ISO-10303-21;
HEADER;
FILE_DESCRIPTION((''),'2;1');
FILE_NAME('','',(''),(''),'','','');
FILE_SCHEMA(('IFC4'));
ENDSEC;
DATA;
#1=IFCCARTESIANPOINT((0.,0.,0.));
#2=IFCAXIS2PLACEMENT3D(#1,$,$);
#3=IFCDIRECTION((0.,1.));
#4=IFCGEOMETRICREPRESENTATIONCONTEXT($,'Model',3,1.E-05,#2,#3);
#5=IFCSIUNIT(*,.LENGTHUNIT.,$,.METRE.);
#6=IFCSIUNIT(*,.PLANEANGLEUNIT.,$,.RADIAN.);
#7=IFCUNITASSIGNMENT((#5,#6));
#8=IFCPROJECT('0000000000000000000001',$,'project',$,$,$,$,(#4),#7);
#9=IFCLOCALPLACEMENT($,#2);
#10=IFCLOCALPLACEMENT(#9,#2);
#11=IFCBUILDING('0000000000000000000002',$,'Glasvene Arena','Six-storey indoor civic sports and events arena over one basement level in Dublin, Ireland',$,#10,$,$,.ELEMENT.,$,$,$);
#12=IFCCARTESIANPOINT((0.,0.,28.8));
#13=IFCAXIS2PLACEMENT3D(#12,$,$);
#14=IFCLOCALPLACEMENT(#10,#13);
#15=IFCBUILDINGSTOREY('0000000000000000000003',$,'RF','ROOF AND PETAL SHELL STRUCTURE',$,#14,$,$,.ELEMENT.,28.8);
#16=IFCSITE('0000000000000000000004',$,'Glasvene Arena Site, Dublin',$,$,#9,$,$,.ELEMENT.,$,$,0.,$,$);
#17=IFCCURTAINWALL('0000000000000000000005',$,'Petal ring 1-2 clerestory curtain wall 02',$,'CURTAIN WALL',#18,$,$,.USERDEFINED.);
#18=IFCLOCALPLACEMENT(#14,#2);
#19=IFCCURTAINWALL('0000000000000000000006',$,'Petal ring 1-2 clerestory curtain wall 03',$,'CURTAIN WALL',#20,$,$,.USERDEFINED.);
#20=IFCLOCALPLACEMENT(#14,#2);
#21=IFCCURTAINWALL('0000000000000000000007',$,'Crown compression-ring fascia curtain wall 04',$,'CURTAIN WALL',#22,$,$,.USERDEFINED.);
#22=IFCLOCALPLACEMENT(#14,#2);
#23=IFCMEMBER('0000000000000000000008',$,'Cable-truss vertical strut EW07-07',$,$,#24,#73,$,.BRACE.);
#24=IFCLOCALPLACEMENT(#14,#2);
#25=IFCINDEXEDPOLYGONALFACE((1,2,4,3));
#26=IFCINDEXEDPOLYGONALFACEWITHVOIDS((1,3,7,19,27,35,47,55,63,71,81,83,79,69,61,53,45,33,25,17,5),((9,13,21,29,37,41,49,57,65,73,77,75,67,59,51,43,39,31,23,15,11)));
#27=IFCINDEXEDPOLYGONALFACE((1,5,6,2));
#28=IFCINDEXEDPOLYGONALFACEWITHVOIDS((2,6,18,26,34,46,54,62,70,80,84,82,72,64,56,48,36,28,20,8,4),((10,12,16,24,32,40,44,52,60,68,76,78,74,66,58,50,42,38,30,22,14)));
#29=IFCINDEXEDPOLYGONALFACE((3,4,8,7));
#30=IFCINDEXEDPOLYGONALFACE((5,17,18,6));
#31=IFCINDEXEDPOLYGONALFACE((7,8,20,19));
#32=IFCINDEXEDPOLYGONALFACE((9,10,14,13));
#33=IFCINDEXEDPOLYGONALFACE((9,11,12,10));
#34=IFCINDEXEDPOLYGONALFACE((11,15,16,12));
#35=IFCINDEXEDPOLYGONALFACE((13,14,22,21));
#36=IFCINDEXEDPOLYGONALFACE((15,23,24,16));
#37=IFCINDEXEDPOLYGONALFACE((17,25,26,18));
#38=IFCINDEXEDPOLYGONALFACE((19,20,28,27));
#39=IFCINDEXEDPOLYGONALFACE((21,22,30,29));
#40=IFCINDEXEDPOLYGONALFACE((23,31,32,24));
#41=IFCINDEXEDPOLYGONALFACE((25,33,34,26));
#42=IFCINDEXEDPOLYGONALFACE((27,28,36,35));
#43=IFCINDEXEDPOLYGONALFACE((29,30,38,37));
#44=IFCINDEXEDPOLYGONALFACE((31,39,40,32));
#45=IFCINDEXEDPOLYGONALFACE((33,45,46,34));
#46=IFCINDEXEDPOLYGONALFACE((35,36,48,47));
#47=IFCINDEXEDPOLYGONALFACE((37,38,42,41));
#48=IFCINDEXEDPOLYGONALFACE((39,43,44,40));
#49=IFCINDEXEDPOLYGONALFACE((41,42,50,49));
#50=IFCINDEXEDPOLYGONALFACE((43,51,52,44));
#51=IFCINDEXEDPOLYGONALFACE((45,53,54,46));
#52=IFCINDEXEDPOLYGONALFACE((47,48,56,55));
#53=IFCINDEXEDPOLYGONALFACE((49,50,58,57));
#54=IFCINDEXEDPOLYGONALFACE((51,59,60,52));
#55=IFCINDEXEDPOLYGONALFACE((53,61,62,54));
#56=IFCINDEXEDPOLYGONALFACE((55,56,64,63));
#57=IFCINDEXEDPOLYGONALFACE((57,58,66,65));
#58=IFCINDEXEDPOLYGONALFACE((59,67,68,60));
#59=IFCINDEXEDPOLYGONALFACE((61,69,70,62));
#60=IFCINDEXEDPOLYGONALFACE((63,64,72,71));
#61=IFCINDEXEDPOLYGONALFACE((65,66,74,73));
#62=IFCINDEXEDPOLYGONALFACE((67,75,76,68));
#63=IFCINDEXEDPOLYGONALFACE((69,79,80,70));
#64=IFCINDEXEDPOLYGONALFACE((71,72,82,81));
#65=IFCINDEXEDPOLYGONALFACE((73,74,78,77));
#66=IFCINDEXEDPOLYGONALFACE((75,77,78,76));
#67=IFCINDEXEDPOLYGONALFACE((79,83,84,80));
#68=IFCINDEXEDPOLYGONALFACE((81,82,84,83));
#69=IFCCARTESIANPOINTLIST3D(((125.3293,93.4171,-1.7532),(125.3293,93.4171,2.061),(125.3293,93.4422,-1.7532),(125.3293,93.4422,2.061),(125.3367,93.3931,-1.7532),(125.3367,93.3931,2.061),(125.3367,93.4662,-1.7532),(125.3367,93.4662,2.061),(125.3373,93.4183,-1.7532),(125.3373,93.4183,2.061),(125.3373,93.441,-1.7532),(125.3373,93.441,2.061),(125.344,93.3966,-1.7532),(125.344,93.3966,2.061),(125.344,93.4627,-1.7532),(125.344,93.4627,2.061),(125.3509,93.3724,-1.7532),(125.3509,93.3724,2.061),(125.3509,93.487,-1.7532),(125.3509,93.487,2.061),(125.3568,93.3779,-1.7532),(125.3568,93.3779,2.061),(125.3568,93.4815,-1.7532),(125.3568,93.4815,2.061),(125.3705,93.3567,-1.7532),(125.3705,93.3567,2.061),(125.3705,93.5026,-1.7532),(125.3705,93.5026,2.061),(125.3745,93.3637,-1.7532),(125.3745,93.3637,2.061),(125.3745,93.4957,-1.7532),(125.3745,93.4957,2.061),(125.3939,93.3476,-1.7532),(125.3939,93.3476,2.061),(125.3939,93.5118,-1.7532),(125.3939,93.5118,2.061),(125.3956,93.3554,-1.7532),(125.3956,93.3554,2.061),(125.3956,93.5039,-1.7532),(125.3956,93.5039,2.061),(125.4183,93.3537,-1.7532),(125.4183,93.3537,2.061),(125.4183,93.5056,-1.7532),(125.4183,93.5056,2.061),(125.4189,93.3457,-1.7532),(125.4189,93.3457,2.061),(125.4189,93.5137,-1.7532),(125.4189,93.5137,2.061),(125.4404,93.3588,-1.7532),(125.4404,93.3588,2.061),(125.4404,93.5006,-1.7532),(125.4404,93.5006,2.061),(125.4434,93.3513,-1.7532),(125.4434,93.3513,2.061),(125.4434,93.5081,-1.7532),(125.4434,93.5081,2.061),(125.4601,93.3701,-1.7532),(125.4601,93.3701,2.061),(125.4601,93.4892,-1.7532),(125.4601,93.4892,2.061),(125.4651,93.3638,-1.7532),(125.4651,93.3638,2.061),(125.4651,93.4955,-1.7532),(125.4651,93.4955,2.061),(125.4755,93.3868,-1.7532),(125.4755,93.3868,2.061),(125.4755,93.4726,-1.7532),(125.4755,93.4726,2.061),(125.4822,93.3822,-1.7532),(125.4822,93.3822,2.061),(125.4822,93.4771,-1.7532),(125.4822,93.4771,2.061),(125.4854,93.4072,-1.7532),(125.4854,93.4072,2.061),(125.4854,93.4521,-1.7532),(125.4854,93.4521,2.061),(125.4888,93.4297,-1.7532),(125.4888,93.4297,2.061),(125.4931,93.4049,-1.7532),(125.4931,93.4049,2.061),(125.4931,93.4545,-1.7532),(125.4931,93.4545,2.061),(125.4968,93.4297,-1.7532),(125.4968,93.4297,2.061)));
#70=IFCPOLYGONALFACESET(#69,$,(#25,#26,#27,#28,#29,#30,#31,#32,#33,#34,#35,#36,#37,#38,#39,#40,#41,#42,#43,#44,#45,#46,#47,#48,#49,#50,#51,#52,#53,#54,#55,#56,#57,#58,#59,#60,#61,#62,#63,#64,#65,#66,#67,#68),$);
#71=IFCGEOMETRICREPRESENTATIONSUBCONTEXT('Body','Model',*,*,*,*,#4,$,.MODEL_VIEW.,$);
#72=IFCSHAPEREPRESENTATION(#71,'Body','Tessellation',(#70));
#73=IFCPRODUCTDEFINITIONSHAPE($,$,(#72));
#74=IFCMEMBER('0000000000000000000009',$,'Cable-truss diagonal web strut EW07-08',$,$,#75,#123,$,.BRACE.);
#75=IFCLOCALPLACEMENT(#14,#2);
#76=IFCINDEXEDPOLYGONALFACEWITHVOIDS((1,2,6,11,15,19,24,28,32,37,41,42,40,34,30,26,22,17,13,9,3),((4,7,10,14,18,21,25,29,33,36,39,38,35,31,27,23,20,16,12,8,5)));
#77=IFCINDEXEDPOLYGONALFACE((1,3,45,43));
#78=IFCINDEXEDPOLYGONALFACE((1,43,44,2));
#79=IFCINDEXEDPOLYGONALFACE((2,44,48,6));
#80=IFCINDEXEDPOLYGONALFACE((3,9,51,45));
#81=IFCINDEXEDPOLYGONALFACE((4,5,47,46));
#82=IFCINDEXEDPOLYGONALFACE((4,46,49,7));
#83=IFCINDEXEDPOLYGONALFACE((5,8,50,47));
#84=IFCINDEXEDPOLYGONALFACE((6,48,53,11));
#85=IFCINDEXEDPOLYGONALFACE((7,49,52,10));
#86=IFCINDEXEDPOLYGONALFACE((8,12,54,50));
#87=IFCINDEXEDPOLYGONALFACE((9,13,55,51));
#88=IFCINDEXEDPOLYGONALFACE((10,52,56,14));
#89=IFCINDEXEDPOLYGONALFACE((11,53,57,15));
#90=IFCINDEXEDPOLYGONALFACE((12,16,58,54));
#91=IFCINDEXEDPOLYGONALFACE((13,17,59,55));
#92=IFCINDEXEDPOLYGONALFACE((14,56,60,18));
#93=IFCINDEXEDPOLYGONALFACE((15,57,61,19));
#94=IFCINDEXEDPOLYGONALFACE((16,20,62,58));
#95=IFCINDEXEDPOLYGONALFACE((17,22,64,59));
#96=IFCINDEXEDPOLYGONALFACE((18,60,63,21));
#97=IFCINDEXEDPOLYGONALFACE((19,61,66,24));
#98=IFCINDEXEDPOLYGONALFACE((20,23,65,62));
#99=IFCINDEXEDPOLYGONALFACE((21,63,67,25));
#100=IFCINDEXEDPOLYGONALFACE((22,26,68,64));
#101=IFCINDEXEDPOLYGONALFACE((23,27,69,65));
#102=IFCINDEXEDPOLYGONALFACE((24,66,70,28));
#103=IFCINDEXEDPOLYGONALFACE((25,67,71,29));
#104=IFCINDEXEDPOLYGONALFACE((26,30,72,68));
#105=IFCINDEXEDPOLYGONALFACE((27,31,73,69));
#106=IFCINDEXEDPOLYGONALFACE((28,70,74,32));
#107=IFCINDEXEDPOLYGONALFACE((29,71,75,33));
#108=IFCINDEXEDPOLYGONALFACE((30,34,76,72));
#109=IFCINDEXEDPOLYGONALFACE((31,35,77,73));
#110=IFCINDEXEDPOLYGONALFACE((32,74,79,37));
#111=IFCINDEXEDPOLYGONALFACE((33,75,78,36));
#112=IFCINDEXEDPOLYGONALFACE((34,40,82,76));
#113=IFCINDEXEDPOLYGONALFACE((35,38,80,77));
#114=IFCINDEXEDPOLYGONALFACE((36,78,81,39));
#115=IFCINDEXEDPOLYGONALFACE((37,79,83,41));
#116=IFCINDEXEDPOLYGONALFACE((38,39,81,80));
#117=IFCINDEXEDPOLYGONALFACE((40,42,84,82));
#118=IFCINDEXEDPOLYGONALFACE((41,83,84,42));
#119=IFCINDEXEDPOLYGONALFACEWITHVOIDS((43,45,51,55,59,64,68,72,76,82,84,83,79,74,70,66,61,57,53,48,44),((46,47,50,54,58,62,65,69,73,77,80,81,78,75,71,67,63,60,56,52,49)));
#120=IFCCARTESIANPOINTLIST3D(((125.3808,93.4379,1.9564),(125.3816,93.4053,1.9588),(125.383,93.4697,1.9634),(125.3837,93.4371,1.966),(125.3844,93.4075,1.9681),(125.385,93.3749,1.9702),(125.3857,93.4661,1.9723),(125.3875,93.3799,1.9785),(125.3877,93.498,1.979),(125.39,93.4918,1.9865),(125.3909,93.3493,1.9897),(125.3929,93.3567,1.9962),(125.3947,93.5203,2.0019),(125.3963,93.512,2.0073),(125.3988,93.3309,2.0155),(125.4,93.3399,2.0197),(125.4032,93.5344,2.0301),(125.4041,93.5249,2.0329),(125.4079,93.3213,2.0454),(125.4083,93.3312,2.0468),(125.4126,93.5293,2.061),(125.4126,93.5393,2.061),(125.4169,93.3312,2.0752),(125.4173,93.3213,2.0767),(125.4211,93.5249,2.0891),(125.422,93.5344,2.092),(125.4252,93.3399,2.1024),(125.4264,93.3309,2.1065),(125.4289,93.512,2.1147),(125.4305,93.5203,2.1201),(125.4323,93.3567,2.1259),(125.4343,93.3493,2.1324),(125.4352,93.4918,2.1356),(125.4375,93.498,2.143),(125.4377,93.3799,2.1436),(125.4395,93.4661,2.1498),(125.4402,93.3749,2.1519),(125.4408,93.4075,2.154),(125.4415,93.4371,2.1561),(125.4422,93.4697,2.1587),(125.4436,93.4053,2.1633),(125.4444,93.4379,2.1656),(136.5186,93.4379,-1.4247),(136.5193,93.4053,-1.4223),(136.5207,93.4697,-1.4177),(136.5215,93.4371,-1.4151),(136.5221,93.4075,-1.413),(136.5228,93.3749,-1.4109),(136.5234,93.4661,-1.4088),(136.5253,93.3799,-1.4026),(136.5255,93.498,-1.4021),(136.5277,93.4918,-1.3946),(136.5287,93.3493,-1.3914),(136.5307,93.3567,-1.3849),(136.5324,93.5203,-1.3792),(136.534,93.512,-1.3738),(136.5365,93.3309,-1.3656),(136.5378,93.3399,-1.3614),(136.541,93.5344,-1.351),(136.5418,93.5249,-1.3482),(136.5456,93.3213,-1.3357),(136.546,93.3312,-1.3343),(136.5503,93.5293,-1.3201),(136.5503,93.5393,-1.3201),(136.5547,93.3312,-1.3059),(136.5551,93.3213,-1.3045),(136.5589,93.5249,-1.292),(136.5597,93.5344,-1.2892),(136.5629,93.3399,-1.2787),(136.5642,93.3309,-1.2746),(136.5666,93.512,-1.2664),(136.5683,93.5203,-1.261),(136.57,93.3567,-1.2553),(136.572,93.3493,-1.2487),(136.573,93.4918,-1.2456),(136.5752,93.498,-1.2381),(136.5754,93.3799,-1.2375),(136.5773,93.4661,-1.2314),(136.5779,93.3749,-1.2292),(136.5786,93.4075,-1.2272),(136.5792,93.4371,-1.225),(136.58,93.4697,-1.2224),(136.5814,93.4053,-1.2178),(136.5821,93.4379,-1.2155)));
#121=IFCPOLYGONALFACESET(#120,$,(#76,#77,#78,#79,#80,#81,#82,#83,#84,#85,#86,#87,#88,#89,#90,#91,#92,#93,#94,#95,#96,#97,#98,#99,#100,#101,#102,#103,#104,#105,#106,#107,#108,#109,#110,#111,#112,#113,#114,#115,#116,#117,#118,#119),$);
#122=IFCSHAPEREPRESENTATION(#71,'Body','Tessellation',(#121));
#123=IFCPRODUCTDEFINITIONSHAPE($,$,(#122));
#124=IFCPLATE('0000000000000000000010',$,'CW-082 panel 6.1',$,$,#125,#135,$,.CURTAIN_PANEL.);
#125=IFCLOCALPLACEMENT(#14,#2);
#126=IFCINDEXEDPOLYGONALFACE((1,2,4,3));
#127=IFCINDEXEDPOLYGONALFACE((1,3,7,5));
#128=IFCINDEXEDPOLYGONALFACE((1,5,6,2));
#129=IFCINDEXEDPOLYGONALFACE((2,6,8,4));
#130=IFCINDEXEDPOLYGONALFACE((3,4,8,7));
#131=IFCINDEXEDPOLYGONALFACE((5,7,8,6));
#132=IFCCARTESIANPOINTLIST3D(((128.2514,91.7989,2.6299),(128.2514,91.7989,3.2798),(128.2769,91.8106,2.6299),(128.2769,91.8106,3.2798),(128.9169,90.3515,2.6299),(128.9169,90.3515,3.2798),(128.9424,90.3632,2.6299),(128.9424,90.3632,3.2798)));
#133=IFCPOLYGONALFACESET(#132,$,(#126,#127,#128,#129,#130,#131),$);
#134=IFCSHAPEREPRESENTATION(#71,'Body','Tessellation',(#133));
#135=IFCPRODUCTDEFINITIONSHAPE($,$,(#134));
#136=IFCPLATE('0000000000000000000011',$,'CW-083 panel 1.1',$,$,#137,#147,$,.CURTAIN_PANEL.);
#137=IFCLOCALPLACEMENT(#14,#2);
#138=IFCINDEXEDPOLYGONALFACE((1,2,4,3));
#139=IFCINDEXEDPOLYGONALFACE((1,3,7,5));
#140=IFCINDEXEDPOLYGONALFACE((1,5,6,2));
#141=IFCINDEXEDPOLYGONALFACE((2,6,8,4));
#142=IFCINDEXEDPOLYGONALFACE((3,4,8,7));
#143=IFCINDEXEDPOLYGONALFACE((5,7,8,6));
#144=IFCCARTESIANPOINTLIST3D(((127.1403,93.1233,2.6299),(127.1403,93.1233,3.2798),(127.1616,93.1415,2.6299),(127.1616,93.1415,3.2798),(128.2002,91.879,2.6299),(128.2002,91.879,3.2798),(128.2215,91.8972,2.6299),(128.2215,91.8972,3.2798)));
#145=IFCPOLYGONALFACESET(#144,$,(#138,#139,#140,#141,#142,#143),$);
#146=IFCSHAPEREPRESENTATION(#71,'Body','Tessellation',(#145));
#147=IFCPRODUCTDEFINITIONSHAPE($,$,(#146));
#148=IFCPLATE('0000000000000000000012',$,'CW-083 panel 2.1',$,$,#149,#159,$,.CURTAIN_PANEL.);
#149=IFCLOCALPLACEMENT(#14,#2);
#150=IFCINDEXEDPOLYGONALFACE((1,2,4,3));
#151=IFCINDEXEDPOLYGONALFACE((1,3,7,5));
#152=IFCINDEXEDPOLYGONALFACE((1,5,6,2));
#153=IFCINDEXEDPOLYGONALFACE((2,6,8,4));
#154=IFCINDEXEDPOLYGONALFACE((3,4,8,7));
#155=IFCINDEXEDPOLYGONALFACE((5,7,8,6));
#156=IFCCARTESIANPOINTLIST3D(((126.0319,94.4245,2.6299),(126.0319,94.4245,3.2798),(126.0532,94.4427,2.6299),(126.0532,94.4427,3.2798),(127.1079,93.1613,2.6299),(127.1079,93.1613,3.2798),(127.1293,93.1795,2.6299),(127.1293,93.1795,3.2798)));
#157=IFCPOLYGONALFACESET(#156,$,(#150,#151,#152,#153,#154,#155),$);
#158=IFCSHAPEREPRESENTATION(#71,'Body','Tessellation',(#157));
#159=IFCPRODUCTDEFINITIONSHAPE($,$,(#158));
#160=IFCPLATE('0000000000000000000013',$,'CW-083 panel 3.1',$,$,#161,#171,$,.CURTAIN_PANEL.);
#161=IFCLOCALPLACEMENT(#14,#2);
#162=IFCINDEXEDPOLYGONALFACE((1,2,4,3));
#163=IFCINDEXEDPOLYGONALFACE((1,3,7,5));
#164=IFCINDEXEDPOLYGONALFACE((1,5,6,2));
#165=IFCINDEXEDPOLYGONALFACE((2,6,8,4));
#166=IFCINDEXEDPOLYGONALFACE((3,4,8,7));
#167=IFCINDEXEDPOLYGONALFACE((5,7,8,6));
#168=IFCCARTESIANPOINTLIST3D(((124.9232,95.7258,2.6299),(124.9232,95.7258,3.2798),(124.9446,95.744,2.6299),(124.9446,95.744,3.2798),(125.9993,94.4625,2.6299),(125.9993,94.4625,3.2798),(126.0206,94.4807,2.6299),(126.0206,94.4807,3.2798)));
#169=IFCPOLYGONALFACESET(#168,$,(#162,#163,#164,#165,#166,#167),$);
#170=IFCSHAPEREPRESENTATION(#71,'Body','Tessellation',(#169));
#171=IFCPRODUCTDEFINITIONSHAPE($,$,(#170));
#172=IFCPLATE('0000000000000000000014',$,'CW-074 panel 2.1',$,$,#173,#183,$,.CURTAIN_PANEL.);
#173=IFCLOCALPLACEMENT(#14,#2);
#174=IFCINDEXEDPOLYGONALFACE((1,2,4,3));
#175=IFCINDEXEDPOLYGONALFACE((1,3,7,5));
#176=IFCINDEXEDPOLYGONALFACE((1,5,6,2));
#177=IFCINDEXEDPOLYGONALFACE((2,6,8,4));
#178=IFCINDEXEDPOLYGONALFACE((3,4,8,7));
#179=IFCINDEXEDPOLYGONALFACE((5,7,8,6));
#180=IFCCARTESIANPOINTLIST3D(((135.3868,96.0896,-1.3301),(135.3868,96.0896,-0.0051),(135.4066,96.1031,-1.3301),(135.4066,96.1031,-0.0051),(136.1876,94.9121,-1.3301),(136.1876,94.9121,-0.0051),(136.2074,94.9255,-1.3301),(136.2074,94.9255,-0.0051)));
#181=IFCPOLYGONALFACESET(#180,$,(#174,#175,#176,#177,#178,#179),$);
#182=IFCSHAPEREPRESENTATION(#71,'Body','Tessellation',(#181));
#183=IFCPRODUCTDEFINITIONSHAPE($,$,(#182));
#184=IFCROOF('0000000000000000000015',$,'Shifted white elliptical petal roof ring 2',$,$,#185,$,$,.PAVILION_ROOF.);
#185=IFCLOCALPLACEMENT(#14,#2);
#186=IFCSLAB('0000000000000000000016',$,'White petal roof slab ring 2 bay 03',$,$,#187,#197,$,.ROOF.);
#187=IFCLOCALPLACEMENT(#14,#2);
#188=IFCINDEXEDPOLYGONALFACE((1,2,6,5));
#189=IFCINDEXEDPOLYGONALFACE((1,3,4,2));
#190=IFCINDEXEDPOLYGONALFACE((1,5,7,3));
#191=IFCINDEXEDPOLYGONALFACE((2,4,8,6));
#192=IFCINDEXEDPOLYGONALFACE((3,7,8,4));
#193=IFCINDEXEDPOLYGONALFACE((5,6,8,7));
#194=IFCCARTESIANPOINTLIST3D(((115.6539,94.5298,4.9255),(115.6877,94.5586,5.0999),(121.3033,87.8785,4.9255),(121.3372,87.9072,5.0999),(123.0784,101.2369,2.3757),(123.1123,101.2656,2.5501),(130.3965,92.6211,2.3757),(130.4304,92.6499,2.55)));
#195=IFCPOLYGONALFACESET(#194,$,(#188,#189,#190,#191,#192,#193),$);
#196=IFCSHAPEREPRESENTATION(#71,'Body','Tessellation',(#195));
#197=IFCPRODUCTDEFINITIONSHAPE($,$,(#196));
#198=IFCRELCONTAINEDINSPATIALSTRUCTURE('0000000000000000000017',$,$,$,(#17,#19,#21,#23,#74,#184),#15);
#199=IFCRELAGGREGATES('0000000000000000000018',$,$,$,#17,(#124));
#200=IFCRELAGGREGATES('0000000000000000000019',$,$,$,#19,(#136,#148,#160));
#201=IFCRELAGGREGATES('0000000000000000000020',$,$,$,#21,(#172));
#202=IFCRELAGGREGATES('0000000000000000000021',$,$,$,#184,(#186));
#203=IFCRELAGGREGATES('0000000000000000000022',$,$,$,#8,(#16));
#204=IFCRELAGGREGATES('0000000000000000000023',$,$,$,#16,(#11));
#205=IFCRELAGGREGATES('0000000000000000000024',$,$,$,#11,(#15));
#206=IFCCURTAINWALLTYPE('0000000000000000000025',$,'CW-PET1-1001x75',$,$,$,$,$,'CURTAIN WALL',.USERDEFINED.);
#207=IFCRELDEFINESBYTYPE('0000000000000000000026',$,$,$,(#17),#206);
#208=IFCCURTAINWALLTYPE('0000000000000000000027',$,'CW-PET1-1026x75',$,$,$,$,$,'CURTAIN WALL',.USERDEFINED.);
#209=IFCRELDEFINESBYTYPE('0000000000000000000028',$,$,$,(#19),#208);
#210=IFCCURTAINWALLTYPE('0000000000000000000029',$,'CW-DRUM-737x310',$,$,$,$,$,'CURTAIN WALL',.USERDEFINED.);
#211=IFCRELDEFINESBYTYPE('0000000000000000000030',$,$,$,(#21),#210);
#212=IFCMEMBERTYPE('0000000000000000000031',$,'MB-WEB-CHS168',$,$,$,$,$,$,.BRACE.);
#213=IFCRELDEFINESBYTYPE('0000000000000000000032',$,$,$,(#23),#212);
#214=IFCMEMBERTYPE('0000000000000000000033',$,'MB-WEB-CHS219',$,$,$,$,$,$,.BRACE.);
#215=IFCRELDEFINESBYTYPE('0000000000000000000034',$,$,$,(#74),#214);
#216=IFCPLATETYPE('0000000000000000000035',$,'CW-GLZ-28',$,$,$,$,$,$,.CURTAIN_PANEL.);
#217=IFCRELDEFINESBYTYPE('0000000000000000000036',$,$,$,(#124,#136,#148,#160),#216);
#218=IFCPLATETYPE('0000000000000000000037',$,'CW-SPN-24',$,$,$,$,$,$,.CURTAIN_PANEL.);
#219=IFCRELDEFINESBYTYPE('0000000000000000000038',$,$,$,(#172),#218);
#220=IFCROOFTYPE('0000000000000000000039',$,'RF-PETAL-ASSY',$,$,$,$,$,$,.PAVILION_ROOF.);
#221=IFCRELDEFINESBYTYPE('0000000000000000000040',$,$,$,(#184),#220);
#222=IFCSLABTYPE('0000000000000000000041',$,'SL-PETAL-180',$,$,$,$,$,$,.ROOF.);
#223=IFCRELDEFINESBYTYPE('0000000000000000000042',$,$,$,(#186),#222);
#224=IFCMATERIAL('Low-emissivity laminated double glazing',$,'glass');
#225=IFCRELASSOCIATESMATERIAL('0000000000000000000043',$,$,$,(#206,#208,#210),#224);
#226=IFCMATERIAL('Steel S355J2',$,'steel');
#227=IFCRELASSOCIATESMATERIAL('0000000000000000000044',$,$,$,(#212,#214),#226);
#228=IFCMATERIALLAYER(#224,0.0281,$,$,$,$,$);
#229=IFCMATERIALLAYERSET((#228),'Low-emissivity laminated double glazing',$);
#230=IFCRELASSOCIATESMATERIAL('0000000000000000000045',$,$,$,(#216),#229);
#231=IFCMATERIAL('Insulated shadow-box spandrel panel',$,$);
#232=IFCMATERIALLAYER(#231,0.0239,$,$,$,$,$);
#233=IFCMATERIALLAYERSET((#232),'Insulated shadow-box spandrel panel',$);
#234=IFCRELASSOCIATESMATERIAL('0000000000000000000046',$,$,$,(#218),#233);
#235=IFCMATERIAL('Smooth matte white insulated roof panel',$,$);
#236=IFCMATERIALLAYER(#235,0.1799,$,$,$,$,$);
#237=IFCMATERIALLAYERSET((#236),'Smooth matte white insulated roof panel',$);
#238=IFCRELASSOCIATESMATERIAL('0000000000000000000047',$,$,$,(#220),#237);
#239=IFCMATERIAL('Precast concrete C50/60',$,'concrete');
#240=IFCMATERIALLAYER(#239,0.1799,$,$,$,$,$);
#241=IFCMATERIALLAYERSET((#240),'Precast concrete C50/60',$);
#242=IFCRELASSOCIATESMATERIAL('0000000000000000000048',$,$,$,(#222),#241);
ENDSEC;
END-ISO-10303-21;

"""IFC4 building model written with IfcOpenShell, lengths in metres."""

from ifc_helpers import new_model, si_unit, direction, frame, origin, origin_2d, place, context, subcontext, project, spatial, polyline, rectangle, hollow_circle, outline, extrude, material, layer, layer_set, material_profile, profile_set, type_object, element, aggregate, save


model = new_model("IFC4")

# Units and contexts
model_context = context("Model", 3, precision=1e-05, world=origin(), true_north=direction((0.0, 1.0)))
body_context = subcontext(model_context, "Body", "Model", "MODEL_VIEW")
ifc_project = project(units=[si_unit("LENGTHUNIT", "METRE"), si_unit("PLANEANGLEUNIT", "RADIAN")], contexts=[model_context])

# Site, building, storey
site_placement = place(None, origin())
site = spatial("IfcSite", under=ifc_project, at=site_placement, Name="Glasvene Arena Site, Dublin", CompositionType="ELEMENT", RefElevation=0.0)
building_placement = place(site_placement, origin())
building = spatial("IfcBuilding", under=site, at=building_placement, Name="Glasvene Arena", Description="Six-storey indoor civic sports and events arena over one basement level in Dublin, Ireland", CompositionType="ELEMENT")
storey_placement = place(building_placement, frame((0.0, 0.0, 28.8)))
storey = spatial("IfcBuildingStorey", under=building, at=storey_placement, Name="RF", Description="ROOF AND PETAL SHELL STRUCTURE", CompositionType="ELEMENT", Elevation=28.8)

# Curtain wall
ifc_material_1 = material(Name="Low-emissivity laminated double glazing", Category="glass")
curtain_wall_type_1 = type_object("IfcCurtainWallType", Name="CW-PET1-1001x75", ElementType="CURTAIN WALL", PredefinedType="USERDEFINED", material=ifc_material_1)
curtain_wall_1_placement = place(storey_placement, frame((132.4241, 82.7576, 0.0)))
curtain_wall_1 = element("IfcCurtainWall", 1, at=curtain_wall_1_placement, inside=storey, type_object=curtain_wall_type_1, Name="Petal ring 1-2 clerestory curtain wall 02", ObjectType="CURTAIN WALL", PredefinedType="USERDEFINED")

# Curtain wall
curtain_wall_type_2 = type_object("IfcCurtainWallType", Name="CW-PET1-1026x75", ElementType="CURTAIN WALL", PredefinedType="USERDEFINED", material=ifc_material_1)
curtain_wall_2_placement = place(storey_placement, frame((128.2432, 91.8501, 0.0)))
curtain_wall_2 = element("IfcCurtainWall", 2, at=curtain_wall_2_placement, inside=storey, type_object=curtain_wall_type_2, Name="Petal ring 1-2 clerestory curtain wall 03", ObjectType="CURTAIN WALL", PredefinedType="USERDEFINED")

# Curtain wall
curtain_wall_type_3 = type_object("IfcCurtainWallType", Name="CW-DRUM-737x310", ElementType="CURTAIN WALL", PredefinedType="USERDEFINED", material=ifc_material_1)
curtain_wall_3_placement = place(storey_placement, frame((137.0403, 93.6792, 0.0)))
curtain_wall_3 = element("IfcCurtainWall", 3, at=curtain_wall_3_placement, inside=storey, type_object=curtain_wall_type_3, Name="Crown compression-ring fascia curtain wall 04", ObjectType="CURTAIN WALL", PredefinedType="USERDEFINED")

# Members
ifc_material_2 = material(Name="Steel S355J2", Category="steel")
ifc_material_profile_1 = material_profile(ifc_material_2, hollow_circle(Radius=0.0842, WallThickness=0.0081, at=origin_2d()), Name="CHS 168.3x8.0")
ifc_profile_set_1 = profile_set([ifc_material_profile_1], Name="Steel S355J2")
member_type_1 = type_object("IfcMemberType", Name="MB-WEB-CHS168", PredefinedType="BRACE", material=ifc_profile_set_1)
member_1_placement = place(storey_placement, frame((125.4126, 93.4297, -1.7532), z_axis=(0.0, 0.0, 1.0), x_axis=(1.0, 0.0, 0.0)))
element("IfcMember", 4, at=member_1_placement, inside=storey, type_object=member_type_1, Name="Cable-truss vertical strut EW07-07", PredefinedType="BRACE", context=body_context, shape_type="SweptSolid", body=[
    extrude(hollow_circle(Radius=0.0842, WallThickness=0.0081, at=origin_2d()), origin(), (0.0, 0.0, 1.0), 3.8142),
])
ifc_material_profile_2 = material_profile(ifc_material_2, hollow_circle(Radius=0.1096, WallThickness=0.01, at=origin_2d()), Name="CHS 219.1x10.0")
ifc_profile_set_2 = profile_set([ifc_material_profile_2], Name="Steel S355J2")
member_type_2 = type_object("IfcMemberType", Name="MB-WEB-CHS219", PredefinedType="BRACE", material=ifc_profile_set_2)
member_2_placement = place(storey_placement, frame((125.4126, 93.4297, 2.061), z_axis=(0.95688, 0.0, -0.290483), x_axis=(0.0, 1.0, 0.0)))
element("IfcMember", 5, at=member_2_placement, inside=storey, type_object=member_type_2, Name="Cable-truss diagonal web strut EW07-08", PredefinedType="BRACE", context=body_context, shape_type="SweptSolid", body=[
    extrude(hollow_circle(Radius=0.1096, WallThickness=0.01, at=origin_2d()), origin(), (0.0, 0.0, 1.0), 11.6396),
])

# Plates
ifc_layer_1 = layer(ifc_material_1, 0.0281)
ifc_layer_set_1 = layer_set([ifc_layer_1], Name="Low-emissivity laminated double glazing")
plate_type_1 = type_object("IfcPlateType", Name="CW-GLZ-28", PredefinedType="CURTAIN_PANEL", material=ifc_layer_set_1)
plate_1_placement = place(storey_placement, frame((128.5969, 91.0811, 2.6299), z_axis=(0.0, 0.0, 1.0), x_axis=(-0.417761, 0.908557, 0.0)))
plate_1 = element("IfcPlate", 6, at=plate_1_placement, type_object=plate_type_1, Name="CW-082 panel 6.1", PredefinedType="CURTAIN_PANEL", context=body_context, shape_type="SweptSolid", body=[
    extrude(rectangle(XDim=1.593, YDim=0.0281, at=origin_2d()), origin(), (0.0, 0.0, 1.0), 0.6499),
])
aggregate(curtain_wall_1, [plate_1])
plate_2_placement = place(storey_placement, frame((127.6809, 92.5103, 2.6299), z_axis=(0.0, 0.0, 1.0), x_axis=(-0.648445, 0.761261, 0.0)))
plate_2 = element("IfcPlate", 7, at=plate_2_placement, type_object=plate_type_1, Name="CW-083 panel 1.1", PredefinedType="CURTAIN_PANEL", context=body_context, shape_type="SweptSolid", body=[
    extrude(rectangle(XDim=1.6345, YDim=0.0281, at=origin_2d()), origin(), (0.0, 0.0, 1.0), 0.6499),
])
plate_3_placement = place(storey_placement, frame((126.5806, 93.802, 2.6299), z_axis=(0.0, 0.0, 1.0), x_axis=(-0.648445, 0.761261, 0.0)))
plate_3 = element("IfcPlate", 8, at=plate_3_placement, type_object=plate_type_1, Name="CW-083 panel 2.1", PredefinedType="CURTAIN_PANEL", context=body_context, shape_type="SweptSolid", body=[
    extrude(rectangle(XDim=1.6594, YDim=0.0281, at=origin_2d()), origin(), (0.0, 0.0, 1.0), 0.6499),
])
plate_4_placement = place(storey_placement, frame((125.4719, 95.1033, 2.6299), z_axis=(0.0, 0.0, 1.0), x_axis=(-0.648445, 0.761261, 0.0)))
plate_4 = element("IfcPlate", 9, at=plate_4_placement, type_object=plate_type_1, Name="CW-083 panel 3.1", PredefinedType="CURTAIN_PANEL", context=body_context, shape_type="SweptSolid", body=[
    extrude(rectangle(XDim=1.6594, YDim=0.0281, at=origin_2d()), origin(), (0.0, 0.0, 1.0), 0.6499),
])
aggregate(curtain_wall_2, [plate_2, plate_3, plate_4])
ifc_material_3 = material(Name="Insulated shadow-box spandrel panel")
ifc_layer_2 = layer(ifc_material_3, 0.0239)
ifc_layer_set_2 = layer_set([ifc_layer_2], Name="Insulated shadow-box spandrel panel")
plate_type_2 = type_object("IfcPlateType", Name="CW-SPN-24", PredefinedType="CURTAIN_PANEL", material=ifc_layer_set_2)
plate_5_placement = place(storey_placement, frame((135.7971, 95.5076, -1.3301), z_axis=(0.0, 0.0, 1.0), x_axis=(-0.562354, 0.826896, 0.0)))
plate_5 = element("IfcPlate", 10, at=plate_5_placement, type_object=plate_type_2, Name="CW-074 panel 2.1", PredefinedType="CURTAIN_PANEL", context=body_context, shape_type="SweptSolid", body=[
    extrude(rectangle(XDim=1.4241, YDim=0.0239, at=origin_2d()), origin(), (0.0, 0.0, 1.0), 1.325),
])
aggregate(curtain_wall_3, [plate_5])

# Roof, slab
ifc_material_4 = material(Name="Smooth matte white insulated roof panel")
ifc_layer_3 = layer(ifc_material_4, 0.1799)
ifc_layer_set_3 = layer_set([ifc_layer_3], Name="Smooth matte white insulated roof panel")
roof_type = type_object("IfcRoofType", Name="RF-PETAL-ASSY", PredefinedType="PAVILION_ROOF", material=ifc_layer_set_3)
roof_placement = place(storey_placement, frame((90.55, 71.8501, 2.55)))
roof = element("IfcRoof", 11, at=roof_placement, inside=storey, type_object=roof_type, Name="Shifted white elliptical petal roof ring 2", PredefinedType="PAVILION_ROOF")
ifc_material_5 = material(Name="Precast concrete C50/60", Category="concrete")
ifc_layer_4 = layer(ifc_material_5, 0.1799)
ifc_layer_set_4 = layer_set([ifc_layer_4], Name="Precast concrete C50/60")
slab_type = type_object("IfcSlabType", Name="SL-PETAL-180", PredefinedType="ROOF", material=ifc_layer_set_4)
slab_placement = place(storey_placement, frame((130.4304, 92.6499, 2.55), z_axis=(0.188299, 0.159937, 0.969001), x_axis=(-0.647378, 0.762169, 0.000002)))
slab = element("IfcSlab", 12, at=slab_placement, type_object=slab_type, Name="White petal roof slab ring 2 bay 03", PredefinedType="ROOF", context=body_context, shape_type="SweptSolid", body=[
    extrude(outline(polyline([(0.0, 0.0), (11.3042, 0.0), (10.9988, 10.3207), (2.2721, 10.3208), (0.0, 0.0)])), origin(), (0.0, 0.0, -1.0), 0.1799),
])
aggregate(roof, [slab])

save(model, "model.ifc")
